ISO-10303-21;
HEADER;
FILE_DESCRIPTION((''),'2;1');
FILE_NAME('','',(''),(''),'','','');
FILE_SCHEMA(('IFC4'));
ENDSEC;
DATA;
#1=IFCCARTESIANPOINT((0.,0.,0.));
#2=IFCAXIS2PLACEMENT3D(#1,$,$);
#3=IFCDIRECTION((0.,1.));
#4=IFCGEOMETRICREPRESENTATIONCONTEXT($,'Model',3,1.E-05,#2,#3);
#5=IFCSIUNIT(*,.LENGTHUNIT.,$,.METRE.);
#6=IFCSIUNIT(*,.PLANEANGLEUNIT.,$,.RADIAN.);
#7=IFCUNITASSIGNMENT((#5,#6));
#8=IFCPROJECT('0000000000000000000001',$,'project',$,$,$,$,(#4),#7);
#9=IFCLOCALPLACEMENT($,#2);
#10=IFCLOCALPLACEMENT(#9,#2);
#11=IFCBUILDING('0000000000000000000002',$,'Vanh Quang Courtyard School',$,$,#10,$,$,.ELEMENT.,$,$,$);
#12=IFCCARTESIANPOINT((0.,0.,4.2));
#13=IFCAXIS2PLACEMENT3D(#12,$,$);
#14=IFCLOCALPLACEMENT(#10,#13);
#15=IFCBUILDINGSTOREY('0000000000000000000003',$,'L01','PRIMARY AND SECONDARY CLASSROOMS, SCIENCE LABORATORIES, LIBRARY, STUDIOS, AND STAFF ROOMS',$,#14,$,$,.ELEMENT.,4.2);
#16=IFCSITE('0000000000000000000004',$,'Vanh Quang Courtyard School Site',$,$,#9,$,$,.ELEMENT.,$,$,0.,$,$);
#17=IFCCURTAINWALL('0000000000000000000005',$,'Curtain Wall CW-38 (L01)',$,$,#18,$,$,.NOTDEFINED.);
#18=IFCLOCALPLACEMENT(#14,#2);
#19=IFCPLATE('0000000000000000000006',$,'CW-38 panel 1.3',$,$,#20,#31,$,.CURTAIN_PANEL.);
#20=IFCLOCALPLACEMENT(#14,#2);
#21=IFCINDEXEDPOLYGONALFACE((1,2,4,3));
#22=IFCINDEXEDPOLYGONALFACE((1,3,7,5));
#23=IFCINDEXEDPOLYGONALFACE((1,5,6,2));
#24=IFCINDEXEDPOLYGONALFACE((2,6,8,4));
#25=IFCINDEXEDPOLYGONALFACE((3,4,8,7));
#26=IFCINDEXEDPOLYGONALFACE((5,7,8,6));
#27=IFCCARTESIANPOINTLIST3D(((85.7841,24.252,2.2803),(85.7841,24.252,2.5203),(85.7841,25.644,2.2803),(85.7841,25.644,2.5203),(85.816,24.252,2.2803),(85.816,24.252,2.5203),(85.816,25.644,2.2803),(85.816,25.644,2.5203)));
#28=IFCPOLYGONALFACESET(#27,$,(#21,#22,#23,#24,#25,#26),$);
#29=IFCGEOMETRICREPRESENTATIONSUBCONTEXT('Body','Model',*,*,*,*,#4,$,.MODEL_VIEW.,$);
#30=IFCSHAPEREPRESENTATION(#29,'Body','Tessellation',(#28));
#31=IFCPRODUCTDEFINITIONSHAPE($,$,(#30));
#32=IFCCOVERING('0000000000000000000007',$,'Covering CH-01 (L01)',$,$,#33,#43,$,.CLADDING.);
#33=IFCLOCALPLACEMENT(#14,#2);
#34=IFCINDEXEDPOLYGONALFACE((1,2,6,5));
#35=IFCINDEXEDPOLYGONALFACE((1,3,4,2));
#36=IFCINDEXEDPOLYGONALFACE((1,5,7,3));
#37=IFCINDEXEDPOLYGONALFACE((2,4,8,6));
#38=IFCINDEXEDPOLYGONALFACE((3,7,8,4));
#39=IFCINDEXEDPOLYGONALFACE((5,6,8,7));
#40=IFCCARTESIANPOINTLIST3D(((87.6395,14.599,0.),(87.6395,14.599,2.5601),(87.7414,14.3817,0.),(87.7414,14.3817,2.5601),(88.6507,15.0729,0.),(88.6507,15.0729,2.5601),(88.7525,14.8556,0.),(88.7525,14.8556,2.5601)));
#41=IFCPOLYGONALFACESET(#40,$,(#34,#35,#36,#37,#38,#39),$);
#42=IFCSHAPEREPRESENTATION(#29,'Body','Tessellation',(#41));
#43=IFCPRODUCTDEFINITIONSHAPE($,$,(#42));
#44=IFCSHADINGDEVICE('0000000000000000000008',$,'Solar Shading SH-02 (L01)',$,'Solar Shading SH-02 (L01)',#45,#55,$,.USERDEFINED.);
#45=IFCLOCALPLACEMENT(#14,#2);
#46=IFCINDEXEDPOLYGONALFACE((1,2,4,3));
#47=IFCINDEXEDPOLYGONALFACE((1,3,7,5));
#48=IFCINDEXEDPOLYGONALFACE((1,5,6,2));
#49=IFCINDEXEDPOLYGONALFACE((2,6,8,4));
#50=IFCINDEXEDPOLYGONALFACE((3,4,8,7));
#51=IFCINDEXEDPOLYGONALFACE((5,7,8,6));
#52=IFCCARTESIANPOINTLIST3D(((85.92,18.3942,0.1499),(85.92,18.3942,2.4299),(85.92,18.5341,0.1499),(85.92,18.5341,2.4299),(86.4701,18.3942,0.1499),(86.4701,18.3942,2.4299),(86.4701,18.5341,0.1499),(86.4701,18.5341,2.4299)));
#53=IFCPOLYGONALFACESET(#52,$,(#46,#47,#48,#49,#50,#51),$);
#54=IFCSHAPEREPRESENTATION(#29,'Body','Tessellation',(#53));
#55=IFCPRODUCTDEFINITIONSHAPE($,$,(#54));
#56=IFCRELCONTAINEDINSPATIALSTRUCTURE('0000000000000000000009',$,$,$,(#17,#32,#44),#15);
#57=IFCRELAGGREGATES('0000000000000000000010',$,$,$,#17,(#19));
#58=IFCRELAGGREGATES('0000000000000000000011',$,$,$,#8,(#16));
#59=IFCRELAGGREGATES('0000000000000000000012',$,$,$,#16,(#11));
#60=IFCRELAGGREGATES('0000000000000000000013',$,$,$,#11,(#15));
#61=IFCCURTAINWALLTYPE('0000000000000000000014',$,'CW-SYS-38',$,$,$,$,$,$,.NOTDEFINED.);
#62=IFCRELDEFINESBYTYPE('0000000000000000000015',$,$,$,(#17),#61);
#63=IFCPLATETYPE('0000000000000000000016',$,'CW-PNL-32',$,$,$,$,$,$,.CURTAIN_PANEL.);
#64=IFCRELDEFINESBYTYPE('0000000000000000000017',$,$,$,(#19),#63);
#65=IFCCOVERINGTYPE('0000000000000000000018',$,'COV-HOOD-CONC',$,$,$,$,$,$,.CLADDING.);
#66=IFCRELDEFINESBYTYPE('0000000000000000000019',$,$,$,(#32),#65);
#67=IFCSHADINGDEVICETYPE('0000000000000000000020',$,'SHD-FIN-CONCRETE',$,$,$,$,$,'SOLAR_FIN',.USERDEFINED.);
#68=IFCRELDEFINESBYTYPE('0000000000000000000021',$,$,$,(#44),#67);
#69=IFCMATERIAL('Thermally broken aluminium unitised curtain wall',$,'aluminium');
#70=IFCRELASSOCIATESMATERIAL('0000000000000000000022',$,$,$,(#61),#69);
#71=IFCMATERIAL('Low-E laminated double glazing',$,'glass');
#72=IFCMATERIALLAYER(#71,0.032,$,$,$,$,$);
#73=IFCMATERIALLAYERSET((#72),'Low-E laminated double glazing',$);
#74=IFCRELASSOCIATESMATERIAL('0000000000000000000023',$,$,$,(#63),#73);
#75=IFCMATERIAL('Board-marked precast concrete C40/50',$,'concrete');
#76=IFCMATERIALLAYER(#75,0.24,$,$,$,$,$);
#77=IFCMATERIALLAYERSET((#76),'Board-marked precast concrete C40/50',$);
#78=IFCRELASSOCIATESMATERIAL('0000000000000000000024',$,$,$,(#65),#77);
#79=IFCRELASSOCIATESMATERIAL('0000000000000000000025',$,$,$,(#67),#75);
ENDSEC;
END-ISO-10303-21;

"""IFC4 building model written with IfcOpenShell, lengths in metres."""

from ifc_helpers import new_model, si_unit, direction, frame, origin, origin_2d, place, context, subcontext, project, spatial, rectangle, extrude, material, layer, layer_set, type_object, element, aggregate, save


model = new_model("IFC4")

# Units and contexts
model_context = context("Model", 3, precision=1e-05, world=origin(), true_north=direction((0.0, 1.0)))
body_context = subcontext(model_context, "Body", "Model", "MODEL_VIEW")
ifc_project = project(units=[si_unit("LENGTHUNIT", "METRE"), si_unit("PLANEANGLEUNIT", "RADIAN")], contexts=[model_context])

# Site, building, storey
site_placement = place(None, origin())
site = spatial("IfcSite", under=ifc_project, at=site_placement, Name="Vanh Quang Courtyard School Site", CompositionType="ELEMENT", RefElevation=0.0)
building_placement = place(site_placement, origin())
building = spatial("IfcBuilding", under=site, at=building_placement, Name="Vanh Quang Courtyard School", CompositionType="ELEMENT")
storey_placement = place(building_placement, frame((0.0, 0.0, 4.2)))
storey = spatial("IfcBuildingStorey", under=building, at=storey_placement, Name="L01", Description="PRIMARY AND SECONDARY CLASSROOMS, SCIENCE LABORATORIES, LIBRARY, STUDIOS, AND STAFF ROOMS", CompositionType="ELEMENT", Elevation=4.2)

# Curtain wall
ifc_material_1 = material(Name="Thermally broken aluminium unitised curtain wall", Category="aluminium")
curtain_wall_type_1 = type_object("IfcCurtainWallType", Name="CW-SYS-38", PredefinedType="NOTDEFINED", material=ifc_material_1)
curtain_wall_1_placement = place(storey_placement, origin())
curtain_wall_1 = element("IfcCurtainWall", 1, at=curtain_wall_1_placement, inside=storey, type_object=curtain_wall_type_1, Name="Curtain Wall CW-38 (L01)", PredefinedType="NOTDEFINED")

# Plate
ifc_material_2 = material(Name="Low-E laminated double glazing", Category="glass")
ifc_layer_1 = layer(ifc_material_2, 0.032)
ifc_layer_set_1 = layer_set([ifc_layer_1], Name="Low-E laminated double glazing")
plate_type_1 = type_object("IfcPlateType", Name="CW-PNL-32", PredefinedType="CURTAIN_PANEL", material=ifc_layer_set_1)
plate_1_placement = place(storey_placement, frame((85.8, 24.948, 2.2803), z_axis=(0.0, 0.0, 1.0), x_axis=(0.0, -1.0, 0.0)))
plate_1 = element("IfcPlate", 2, at=plate_1_placement, type_object=plate_type_1, Name="CW-38 panel 1.3", PredefinedType="CURTAIN_PANEL", context=body_context, shape_type="SweptSolid", body=[
    extrude(rectangle(XDim=1.3921, YDim=0.032, at=origin_2d()), origin(), (0.0, 0.0, 1.0), 0.24),
])
aggregate(curtain_wall_1, [plate_1])

# Covering
ifc_material_3 = material(Name="Board-marked precast concrete C40/50", Category="concrete")
ifc_layer_2 = layer(ifc_material_3, 0.24)
ifc_layer_set_2 = layer_set([ifc_layer_2], Name="Board-marked precast concrete C40/50")
covering_type = type_object("IfcCoveringType", Name="COV-HOOD-CONC", PredefinedType="CLADDING", material=ifc_layer_set_2)
covering_placement = place(storey_placement, frame((88.196, 14.7273, 0.0), z_axis=(0.0, 0.0, 1.0), x_axis=(0.905495, 0.424357, 0.0)))
element("IfcCovering", 3, at=covering_placement, inside=storey, type_object=covering_type, Name="Covering CH-01 (L01)", PredefinedType="CLADDING", context=body_context, shape_type="SweptSolid", body=[
    extrude(rectangle(XDim=1.1167, YDim=0.24, at=origin_2d()), origin(), (0.0, 0.0, 1.0), 2.5601),
])

# Shading device
shading_device_type = type_object("IfcShadingDeviceType", Name="SHD-FIN-CONCRETE", ElementType="SOLAR_FIN", PredefinedType="USERDEFINED", material=ifc_material_3)
shading_device_placement = place(storey_placement, frame((86.1951, 18.4641, 0.1499), z_axis=(0.0, 0.0, 1.0), x_axis=(0.0, -1.0, 0.0)))
element("IfcShadingDevice", 4, at=shading_device_placement, inside=storey, type_object=shading_device_type, Name="Solar Shading SH-02 (L01)", ObjectType="Solar Shading SH-02 (L01)", PredefinedType="USERDEFINED", context=body_context, shape_type="SweptSolid", body=[
    extrude(rectangle(XDim=0.1399, YDim=0.55, at=origin_2d()), origin(), (0.0, 0.0, 1.0), 2.28),
])

save(model, "model.ifc")
